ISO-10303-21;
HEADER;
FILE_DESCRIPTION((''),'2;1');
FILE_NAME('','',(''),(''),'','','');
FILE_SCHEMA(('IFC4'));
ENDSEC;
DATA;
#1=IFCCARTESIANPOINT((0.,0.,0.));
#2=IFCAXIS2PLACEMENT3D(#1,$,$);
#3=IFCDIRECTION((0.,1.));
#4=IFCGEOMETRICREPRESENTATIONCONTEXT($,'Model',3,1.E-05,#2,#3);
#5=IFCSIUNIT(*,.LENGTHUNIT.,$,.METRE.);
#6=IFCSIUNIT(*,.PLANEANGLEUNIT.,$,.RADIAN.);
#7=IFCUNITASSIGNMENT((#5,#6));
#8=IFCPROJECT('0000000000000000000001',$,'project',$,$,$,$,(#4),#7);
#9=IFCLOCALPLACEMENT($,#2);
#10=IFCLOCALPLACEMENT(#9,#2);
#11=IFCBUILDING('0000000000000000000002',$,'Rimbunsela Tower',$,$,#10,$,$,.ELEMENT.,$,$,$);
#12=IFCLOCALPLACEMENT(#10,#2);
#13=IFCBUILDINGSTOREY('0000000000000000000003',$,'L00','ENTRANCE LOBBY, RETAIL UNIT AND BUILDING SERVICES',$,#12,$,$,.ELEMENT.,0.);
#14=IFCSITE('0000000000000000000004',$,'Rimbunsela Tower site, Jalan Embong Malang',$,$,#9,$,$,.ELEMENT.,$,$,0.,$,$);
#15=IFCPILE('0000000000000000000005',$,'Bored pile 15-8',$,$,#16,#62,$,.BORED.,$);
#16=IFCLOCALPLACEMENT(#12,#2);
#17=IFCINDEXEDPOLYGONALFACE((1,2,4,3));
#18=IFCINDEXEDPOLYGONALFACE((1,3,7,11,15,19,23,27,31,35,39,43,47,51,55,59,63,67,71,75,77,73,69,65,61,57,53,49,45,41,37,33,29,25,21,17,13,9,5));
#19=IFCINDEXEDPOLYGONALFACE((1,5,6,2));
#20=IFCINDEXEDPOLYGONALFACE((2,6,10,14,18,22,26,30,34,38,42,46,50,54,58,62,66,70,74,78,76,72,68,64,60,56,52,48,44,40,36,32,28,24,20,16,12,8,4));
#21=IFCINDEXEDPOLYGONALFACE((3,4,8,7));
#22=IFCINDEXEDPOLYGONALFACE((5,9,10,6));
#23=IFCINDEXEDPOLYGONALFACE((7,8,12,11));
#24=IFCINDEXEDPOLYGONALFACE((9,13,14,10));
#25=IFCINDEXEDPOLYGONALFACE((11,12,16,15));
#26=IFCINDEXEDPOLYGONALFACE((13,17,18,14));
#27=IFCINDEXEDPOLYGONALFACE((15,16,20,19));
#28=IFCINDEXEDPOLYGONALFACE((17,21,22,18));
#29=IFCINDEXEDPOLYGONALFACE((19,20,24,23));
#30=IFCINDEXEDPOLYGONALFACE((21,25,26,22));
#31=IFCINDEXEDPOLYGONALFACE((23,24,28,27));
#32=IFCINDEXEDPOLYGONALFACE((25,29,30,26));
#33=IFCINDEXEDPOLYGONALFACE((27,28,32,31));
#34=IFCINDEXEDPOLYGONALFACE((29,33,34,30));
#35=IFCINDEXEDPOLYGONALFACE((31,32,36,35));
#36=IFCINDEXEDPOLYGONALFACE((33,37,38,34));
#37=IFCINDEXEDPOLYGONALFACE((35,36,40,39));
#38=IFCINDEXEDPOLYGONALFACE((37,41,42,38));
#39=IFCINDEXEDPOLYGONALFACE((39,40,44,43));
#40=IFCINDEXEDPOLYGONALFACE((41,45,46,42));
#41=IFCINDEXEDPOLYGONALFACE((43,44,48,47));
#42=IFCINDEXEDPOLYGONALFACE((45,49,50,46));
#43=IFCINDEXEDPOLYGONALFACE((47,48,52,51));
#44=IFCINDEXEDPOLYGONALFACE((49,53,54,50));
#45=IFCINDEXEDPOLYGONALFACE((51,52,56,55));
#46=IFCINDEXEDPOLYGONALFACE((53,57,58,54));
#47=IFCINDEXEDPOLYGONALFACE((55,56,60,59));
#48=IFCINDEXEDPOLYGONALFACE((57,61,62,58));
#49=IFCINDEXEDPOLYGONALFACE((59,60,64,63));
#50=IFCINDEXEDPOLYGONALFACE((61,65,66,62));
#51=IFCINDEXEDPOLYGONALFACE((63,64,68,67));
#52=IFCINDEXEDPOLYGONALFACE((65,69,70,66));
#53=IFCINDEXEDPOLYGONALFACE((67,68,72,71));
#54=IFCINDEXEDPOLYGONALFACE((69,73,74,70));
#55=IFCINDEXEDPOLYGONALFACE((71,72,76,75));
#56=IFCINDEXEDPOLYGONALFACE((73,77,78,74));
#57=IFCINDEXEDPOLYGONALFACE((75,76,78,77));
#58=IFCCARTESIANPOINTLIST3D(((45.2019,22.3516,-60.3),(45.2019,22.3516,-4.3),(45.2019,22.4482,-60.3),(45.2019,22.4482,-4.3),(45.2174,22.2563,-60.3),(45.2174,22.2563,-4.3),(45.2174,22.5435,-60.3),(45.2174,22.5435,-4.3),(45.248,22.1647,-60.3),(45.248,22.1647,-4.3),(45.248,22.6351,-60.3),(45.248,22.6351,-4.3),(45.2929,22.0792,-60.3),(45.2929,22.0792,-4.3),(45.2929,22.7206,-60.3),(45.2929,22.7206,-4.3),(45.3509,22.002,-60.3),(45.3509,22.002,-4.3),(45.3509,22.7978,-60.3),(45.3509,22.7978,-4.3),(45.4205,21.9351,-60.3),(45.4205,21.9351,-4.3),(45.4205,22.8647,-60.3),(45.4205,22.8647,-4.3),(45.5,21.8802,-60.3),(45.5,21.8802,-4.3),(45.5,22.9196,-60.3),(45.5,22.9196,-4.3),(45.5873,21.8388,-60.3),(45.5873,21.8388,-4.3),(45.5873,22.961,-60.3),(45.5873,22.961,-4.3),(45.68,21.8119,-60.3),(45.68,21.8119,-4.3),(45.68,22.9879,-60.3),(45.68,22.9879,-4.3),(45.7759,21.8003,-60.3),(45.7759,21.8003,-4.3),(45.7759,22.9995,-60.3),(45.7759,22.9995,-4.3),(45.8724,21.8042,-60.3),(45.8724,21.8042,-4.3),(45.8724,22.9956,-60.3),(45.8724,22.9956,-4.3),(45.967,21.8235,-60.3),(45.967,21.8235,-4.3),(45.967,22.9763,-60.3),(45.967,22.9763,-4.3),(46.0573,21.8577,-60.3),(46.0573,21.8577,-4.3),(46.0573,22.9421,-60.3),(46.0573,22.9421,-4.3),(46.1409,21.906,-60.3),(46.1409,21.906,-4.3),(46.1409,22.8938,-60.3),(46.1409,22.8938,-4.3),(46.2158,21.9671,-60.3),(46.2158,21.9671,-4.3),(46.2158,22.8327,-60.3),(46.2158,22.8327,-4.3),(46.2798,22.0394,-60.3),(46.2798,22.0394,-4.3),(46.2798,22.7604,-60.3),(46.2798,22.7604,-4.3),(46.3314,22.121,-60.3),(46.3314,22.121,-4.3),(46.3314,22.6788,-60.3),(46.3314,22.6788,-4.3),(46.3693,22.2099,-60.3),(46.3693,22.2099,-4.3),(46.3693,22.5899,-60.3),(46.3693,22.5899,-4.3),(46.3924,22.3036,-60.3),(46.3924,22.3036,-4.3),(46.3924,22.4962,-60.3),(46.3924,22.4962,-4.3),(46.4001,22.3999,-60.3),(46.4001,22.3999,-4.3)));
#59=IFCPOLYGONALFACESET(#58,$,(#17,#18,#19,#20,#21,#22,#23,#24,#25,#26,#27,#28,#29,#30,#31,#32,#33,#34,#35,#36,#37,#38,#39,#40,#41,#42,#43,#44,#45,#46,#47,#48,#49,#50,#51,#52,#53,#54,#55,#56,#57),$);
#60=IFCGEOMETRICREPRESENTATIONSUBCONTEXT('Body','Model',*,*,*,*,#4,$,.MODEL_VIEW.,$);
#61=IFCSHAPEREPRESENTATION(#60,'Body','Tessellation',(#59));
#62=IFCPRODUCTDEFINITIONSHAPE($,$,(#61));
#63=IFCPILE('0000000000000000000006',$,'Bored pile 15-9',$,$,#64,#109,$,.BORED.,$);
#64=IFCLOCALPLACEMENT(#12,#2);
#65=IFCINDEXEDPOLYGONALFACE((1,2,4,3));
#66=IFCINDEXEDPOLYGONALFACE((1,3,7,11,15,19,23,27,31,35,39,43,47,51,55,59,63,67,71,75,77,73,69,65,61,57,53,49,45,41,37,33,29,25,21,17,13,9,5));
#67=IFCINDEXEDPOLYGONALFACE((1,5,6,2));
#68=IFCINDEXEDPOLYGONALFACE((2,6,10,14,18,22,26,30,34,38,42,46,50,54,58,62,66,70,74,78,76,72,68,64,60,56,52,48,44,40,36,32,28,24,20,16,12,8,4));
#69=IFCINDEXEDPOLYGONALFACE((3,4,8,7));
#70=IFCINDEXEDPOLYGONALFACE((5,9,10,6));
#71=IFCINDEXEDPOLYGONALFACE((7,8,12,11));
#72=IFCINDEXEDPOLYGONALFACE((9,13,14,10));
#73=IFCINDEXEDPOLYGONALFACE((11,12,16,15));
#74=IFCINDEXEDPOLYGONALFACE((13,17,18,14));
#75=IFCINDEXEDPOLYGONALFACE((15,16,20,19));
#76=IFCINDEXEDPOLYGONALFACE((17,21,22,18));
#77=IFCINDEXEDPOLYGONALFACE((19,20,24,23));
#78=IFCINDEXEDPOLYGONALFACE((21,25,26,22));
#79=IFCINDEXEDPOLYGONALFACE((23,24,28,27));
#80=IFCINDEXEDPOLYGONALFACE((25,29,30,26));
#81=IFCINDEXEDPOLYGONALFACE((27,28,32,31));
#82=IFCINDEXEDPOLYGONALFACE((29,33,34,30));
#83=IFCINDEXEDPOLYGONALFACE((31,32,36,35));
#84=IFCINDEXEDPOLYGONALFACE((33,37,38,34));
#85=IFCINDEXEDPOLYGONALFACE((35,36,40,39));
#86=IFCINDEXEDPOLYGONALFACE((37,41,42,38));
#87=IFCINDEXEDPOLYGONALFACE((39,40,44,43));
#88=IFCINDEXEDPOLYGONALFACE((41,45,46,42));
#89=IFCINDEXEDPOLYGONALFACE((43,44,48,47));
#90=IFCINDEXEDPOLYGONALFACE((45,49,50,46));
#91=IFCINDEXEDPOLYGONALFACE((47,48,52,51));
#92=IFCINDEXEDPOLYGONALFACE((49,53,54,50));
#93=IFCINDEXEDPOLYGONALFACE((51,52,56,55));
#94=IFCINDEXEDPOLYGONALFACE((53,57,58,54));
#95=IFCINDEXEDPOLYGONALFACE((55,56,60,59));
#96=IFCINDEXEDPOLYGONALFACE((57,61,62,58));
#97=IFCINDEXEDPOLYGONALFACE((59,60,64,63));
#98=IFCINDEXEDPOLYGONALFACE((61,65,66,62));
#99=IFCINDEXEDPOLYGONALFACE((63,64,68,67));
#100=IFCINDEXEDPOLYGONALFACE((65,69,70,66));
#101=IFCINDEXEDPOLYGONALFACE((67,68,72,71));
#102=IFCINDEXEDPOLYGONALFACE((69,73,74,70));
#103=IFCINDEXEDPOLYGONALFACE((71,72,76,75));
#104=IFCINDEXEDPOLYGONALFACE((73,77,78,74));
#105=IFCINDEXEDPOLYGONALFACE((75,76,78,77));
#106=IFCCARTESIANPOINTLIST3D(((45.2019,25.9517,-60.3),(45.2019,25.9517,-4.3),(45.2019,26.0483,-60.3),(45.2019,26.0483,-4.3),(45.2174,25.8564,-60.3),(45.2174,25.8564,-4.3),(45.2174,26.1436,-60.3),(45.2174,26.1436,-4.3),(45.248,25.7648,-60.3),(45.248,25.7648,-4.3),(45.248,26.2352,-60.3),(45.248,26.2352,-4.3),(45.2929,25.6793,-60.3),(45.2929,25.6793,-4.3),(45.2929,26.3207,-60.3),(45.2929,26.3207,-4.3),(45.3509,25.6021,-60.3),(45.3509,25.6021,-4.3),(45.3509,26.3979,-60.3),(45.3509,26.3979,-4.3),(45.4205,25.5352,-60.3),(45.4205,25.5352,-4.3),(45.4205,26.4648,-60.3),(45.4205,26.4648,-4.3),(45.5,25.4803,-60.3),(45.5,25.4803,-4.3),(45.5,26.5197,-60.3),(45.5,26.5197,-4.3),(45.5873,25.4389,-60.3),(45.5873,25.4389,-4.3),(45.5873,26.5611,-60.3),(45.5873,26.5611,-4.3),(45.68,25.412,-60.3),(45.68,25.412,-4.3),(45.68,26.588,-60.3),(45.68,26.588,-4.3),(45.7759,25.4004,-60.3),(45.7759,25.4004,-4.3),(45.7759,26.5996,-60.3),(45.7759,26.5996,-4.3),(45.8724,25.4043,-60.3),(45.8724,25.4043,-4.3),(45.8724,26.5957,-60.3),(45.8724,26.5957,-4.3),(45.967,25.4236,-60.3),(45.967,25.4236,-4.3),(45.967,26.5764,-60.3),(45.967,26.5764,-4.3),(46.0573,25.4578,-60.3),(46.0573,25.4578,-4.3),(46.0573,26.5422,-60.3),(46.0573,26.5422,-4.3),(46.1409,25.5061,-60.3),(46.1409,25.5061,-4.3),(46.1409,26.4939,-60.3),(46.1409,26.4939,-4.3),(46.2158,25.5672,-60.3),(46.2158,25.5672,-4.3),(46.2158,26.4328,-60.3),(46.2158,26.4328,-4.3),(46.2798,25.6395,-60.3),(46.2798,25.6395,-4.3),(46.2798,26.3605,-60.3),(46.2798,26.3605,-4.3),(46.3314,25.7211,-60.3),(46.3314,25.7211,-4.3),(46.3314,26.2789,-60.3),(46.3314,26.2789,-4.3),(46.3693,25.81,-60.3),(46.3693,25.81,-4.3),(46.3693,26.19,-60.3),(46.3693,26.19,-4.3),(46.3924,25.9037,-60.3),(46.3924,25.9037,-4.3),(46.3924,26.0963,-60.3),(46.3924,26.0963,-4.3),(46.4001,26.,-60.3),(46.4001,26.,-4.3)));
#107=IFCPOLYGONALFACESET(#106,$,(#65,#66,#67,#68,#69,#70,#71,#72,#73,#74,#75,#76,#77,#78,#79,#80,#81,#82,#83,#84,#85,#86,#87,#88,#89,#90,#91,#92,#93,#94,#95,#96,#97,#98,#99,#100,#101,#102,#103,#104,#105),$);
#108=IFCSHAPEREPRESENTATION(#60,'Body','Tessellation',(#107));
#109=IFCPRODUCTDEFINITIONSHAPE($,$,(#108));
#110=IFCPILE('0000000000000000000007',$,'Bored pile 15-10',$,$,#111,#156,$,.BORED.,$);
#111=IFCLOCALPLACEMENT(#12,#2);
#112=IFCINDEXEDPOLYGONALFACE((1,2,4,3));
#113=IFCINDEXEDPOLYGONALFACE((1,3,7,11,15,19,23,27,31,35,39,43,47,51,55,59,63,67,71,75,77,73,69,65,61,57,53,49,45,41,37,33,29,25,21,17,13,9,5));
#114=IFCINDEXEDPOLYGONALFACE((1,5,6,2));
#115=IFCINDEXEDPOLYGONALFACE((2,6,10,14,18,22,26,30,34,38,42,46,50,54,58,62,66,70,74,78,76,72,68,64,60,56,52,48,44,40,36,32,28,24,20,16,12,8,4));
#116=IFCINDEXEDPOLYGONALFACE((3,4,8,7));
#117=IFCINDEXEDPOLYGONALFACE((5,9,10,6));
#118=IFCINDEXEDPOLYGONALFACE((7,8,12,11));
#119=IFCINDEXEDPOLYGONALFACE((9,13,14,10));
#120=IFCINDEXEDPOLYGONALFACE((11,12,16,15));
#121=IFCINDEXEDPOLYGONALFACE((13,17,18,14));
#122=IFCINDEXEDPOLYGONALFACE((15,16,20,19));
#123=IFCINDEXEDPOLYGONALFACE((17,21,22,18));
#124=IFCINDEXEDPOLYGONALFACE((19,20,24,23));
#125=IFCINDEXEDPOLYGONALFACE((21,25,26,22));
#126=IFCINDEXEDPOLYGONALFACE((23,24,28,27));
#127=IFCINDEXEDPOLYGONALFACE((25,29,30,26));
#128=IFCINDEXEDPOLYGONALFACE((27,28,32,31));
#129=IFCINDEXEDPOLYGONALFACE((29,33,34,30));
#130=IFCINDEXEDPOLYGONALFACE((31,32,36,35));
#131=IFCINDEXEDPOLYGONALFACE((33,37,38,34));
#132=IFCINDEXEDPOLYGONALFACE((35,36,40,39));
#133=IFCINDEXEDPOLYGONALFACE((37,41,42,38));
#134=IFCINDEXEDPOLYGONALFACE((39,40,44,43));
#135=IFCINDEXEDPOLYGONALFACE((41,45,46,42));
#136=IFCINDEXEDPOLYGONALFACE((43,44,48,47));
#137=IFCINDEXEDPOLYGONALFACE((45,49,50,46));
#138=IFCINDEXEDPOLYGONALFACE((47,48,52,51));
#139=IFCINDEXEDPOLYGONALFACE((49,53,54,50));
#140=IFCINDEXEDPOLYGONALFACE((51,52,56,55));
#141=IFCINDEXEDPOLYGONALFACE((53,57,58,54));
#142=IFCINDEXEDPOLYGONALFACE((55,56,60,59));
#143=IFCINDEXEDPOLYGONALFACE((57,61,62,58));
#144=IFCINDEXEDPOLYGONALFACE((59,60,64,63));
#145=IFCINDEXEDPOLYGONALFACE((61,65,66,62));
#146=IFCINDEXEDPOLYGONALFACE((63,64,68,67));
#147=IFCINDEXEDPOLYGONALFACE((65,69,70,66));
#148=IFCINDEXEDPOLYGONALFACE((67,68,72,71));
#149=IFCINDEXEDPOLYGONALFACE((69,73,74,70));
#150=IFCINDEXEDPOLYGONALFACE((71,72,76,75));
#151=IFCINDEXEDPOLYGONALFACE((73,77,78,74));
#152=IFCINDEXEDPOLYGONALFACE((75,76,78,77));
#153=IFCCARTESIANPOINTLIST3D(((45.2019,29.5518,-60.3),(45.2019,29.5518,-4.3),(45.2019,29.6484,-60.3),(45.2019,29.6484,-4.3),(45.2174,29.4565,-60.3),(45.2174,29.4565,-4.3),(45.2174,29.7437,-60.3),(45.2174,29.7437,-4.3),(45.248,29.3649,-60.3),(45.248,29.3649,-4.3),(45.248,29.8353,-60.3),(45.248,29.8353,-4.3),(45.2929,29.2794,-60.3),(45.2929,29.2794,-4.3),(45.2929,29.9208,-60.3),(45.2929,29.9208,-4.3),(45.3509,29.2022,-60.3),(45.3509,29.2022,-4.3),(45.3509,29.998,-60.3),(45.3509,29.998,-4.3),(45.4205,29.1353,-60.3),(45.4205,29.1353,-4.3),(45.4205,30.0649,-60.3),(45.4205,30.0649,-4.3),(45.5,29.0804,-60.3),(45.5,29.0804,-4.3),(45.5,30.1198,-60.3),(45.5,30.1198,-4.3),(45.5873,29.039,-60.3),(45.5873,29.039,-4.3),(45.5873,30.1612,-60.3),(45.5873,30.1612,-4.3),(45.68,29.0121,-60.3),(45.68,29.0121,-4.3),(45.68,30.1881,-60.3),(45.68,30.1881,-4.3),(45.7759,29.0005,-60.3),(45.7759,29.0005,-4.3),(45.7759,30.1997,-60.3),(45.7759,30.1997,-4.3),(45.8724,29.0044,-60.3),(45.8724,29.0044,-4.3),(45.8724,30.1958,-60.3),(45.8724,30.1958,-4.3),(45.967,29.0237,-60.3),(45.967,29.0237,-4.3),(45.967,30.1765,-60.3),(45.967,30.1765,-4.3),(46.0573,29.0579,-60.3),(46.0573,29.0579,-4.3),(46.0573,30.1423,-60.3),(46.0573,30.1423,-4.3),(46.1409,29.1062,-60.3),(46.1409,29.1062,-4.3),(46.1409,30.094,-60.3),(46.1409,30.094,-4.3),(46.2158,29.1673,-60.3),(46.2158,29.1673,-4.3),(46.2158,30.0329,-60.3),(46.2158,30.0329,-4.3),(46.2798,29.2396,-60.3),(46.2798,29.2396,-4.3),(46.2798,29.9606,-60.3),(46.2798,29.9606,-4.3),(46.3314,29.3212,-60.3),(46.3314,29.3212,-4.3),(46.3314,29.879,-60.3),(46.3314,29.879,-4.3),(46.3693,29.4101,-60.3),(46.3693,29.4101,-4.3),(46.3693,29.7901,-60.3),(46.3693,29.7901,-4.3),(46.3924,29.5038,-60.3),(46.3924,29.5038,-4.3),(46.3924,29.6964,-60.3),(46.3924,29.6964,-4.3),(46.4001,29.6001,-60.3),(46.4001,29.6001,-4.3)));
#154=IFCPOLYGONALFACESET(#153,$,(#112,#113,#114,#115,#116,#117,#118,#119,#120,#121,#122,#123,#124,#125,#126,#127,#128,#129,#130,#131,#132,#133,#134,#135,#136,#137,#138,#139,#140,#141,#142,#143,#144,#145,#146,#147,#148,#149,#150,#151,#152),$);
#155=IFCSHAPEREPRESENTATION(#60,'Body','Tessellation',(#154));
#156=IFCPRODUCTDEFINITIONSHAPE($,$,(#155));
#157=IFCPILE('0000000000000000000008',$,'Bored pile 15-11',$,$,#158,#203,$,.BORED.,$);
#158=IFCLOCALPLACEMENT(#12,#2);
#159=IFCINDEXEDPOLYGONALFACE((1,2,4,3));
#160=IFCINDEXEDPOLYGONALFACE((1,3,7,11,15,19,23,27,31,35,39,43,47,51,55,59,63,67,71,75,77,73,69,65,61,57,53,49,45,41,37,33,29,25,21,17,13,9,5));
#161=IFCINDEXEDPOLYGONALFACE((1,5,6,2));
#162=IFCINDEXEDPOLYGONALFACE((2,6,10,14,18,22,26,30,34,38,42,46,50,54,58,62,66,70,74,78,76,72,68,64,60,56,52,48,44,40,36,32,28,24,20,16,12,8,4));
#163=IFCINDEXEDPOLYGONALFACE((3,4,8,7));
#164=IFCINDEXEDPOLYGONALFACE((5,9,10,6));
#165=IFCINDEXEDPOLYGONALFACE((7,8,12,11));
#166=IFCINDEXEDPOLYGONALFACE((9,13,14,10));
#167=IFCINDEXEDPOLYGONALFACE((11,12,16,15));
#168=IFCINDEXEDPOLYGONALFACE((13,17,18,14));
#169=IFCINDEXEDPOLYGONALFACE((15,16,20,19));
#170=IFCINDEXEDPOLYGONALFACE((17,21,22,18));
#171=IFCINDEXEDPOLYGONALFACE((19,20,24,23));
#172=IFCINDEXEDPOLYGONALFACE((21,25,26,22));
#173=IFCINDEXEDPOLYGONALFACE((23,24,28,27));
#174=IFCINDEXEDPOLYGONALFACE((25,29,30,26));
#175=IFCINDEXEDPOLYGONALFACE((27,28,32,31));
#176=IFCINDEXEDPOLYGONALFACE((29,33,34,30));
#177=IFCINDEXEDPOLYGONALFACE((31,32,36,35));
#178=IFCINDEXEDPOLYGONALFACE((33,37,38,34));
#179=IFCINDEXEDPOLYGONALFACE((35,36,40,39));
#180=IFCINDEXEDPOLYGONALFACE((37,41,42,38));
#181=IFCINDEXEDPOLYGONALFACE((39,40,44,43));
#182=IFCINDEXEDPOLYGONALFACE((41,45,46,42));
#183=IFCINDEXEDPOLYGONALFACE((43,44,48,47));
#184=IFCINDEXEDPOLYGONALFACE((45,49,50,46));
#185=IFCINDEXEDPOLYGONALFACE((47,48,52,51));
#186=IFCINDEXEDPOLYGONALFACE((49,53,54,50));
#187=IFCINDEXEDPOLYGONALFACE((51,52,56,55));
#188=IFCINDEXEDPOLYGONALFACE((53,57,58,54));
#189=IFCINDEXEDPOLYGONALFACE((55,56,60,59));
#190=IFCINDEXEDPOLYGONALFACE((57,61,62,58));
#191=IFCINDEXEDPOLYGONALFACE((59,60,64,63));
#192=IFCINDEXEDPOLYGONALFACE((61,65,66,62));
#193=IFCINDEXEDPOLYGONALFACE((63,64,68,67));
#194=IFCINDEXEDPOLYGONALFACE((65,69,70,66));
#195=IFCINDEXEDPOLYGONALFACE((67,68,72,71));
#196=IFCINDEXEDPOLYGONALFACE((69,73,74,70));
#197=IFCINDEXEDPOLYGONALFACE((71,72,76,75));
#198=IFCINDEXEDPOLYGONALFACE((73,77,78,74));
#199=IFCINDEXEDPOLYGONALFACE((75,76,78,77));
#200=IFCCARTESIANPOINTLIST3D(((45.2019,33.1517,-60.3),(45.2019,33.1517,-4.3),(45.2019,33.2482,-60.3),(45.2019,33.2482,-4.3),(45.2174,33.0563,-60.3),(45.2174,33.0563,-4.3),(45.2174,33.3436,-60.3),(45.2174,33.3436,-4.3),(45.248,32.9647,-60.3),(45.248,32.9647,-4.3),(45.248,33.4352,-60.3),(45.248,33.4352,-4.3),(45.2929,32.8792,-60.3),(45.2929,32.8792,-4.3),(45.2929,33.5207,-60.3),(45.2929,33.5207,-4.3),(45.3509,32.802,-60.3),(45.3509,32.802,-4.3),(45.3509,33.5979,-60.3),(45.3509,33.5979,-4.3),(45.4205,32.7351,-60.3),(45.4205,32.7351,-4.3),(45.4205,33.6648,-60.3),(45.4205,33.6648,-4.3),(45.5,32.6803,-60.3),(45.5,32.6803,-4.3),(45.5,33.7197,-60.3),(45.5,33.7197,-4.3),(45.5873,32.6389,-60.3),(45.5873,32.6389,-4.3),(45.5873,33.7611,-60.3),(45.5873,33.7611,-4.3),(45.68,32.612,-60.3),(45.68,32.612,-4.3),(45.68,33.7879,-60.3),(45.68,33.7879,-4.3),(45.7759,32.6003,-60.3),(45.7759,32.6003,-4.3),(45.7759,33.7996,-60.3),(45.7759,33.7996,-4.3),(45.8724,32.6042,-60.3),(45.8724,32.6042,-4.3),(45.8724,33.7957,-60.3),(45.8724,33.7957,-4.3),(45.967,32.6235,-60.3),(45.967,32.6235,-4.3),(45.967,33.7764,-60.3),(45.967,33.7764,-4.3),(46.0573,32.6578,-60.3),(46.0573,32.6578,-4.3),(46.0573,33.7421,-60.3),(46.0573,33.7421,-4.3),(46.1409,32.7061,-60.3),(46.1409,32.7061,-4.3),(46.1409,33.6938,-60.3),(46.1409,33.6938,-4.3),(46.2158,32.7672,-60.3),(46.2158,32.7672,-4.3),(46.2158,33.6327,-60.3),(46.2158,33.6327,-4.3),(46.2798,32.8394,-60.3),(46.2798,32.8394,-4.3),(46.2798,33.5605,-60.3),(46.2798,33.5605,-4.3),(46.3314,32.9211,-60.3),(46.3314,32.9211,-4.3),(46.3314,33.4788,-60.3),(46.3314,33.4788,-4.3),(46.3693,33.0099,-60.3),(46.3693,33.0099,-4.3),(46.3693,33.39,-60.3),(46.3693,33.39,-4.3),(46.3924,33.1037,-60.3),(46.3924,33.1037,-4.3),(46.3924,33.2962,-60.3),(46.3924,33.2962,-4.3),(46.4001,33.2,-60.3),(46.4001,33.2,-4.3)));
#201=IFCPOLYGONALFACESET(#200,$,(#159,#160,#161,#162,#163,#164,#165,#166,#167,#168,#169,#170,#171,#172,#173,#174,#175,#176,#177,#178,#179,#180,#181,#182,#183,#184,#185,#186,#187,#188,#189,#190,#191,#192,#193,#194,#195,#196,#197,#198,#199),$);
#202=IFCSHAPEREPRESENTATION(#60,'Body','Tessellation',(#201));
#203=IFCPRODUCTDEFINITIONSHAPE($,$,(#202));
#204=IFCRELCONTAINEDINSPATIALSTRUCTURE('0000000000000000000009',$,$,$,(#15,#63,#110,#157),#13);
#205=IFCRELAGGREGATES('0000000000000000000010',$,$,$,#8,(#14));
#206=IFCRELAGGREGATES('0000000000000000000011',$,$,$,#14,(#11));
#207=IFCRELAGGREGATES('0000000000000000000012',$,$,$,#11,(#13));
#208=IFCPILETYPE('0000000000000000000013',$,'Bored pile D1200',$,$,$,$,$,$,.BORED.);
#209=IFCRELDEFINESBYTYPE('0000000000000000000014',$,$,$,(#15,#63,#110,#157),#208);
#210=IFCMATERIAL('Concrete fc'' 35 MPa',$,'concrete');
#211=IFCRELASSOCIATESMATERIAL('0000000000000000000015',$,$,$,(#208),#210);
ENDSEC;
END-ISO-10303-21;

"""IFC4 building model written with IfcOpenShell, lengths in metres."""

from ifc_helpers import new_model, si_unit, direction, frame, origin, origin_2d, place, context, subcontext, project, spatial, circle, extrude, material, material_profile, profile_set, type_object, element, save


model = new_model("IFC4")

# Units and contexts
model_context = context("Model", 3, precision=1e-05, world=origin(), true_north=direction((0.0, 1.0)))
body_context = subcontext(model_context, "Body", "Model", "MODEL_VIEW")
ifc_project = project(units=[si_unit("LENGTHUNIT", "METRE"), si_unit("PLANEANGLEUNIT", "RADIAN")], contexts=[model_context])

# Site, building, storey
site_placement = place(None, origin())
site = spatial("IfcSite", under=ifc_project, at=site_placement, Name="Rimbunsela Tower site, Jalan Embong Malang", CompositionType="ELEMENT", RefElevation=0.0)
building_placement = place(site_placement, origin())
building = spatial("IfcBuilding", under=site, at=building_placement, Name="Rimbunsela Tower", CompositionType="ELEMENT")
storey_placement = place(building_placement, origin())
storey = spatial("IfcBuildingStorey", under=building, at=storey_placement, Name="L00", Description="ENTRANCE LOBBY, RETAIL UNIT AND BUILDING SERVICES", CompositionType="ELEMENT", Elevation=0.0)

# Piles
ifc_material_1 = material(Name="Concrete fc' 35 MPa", Category="concrete")
ifc_material_profile_1 = material_profile(ifc_material_1, circle(Radius=0.6001, at=origin_2d()), Name="BP D1200")
ifc_profile_set_1 = profile_set([ifc_material_profile_1], Name="Concrete fc' 35 MPa")
pile_type = type_object("IfcPileType", Name="Bored pile D1200", PredefinedType="BORED", material=ifc_profile_set_1)
for number, where, z_axis, x_axis, name in (
    (1, (45.8, 22.3999, -4.3), (0.0, 0.0, -1.0), (1.0, 0.0, 0.0), "Bored pile 15-8"),
    (2, (45.8, 26.0, -4.3), (0.0, 0.0, -1.0), (1.0, 0.0, 0.0), "Bored pile 15-9"),
    (3, (45.8, 29.6001, -4.3), (0.0, 0.0, -1.0), (1.0, 0.0, 0.0), "Bored pile 15-10"),
    (4, (45.8, 33.2, -4.3), (0.0, 0.0, -1.0), (1.0, 0.0, 0.0), "Bored pile 15-11"),
):
    element("IfcPile", number, at=place(storey_placement, frame(where, z_axis=z_axis, x_axis=x_axis)), inside=storey, type_object=pile_type, Name=name, PredefinedType="BORED", context=body_context, shape_type="SweptSolid", body=[
        extrude(circle(Radius=0.6001, at=origin_2d()), origin(), (0.0, 0.0, 1.0), 56.0),
    ])

save(model, "model.ifc")
